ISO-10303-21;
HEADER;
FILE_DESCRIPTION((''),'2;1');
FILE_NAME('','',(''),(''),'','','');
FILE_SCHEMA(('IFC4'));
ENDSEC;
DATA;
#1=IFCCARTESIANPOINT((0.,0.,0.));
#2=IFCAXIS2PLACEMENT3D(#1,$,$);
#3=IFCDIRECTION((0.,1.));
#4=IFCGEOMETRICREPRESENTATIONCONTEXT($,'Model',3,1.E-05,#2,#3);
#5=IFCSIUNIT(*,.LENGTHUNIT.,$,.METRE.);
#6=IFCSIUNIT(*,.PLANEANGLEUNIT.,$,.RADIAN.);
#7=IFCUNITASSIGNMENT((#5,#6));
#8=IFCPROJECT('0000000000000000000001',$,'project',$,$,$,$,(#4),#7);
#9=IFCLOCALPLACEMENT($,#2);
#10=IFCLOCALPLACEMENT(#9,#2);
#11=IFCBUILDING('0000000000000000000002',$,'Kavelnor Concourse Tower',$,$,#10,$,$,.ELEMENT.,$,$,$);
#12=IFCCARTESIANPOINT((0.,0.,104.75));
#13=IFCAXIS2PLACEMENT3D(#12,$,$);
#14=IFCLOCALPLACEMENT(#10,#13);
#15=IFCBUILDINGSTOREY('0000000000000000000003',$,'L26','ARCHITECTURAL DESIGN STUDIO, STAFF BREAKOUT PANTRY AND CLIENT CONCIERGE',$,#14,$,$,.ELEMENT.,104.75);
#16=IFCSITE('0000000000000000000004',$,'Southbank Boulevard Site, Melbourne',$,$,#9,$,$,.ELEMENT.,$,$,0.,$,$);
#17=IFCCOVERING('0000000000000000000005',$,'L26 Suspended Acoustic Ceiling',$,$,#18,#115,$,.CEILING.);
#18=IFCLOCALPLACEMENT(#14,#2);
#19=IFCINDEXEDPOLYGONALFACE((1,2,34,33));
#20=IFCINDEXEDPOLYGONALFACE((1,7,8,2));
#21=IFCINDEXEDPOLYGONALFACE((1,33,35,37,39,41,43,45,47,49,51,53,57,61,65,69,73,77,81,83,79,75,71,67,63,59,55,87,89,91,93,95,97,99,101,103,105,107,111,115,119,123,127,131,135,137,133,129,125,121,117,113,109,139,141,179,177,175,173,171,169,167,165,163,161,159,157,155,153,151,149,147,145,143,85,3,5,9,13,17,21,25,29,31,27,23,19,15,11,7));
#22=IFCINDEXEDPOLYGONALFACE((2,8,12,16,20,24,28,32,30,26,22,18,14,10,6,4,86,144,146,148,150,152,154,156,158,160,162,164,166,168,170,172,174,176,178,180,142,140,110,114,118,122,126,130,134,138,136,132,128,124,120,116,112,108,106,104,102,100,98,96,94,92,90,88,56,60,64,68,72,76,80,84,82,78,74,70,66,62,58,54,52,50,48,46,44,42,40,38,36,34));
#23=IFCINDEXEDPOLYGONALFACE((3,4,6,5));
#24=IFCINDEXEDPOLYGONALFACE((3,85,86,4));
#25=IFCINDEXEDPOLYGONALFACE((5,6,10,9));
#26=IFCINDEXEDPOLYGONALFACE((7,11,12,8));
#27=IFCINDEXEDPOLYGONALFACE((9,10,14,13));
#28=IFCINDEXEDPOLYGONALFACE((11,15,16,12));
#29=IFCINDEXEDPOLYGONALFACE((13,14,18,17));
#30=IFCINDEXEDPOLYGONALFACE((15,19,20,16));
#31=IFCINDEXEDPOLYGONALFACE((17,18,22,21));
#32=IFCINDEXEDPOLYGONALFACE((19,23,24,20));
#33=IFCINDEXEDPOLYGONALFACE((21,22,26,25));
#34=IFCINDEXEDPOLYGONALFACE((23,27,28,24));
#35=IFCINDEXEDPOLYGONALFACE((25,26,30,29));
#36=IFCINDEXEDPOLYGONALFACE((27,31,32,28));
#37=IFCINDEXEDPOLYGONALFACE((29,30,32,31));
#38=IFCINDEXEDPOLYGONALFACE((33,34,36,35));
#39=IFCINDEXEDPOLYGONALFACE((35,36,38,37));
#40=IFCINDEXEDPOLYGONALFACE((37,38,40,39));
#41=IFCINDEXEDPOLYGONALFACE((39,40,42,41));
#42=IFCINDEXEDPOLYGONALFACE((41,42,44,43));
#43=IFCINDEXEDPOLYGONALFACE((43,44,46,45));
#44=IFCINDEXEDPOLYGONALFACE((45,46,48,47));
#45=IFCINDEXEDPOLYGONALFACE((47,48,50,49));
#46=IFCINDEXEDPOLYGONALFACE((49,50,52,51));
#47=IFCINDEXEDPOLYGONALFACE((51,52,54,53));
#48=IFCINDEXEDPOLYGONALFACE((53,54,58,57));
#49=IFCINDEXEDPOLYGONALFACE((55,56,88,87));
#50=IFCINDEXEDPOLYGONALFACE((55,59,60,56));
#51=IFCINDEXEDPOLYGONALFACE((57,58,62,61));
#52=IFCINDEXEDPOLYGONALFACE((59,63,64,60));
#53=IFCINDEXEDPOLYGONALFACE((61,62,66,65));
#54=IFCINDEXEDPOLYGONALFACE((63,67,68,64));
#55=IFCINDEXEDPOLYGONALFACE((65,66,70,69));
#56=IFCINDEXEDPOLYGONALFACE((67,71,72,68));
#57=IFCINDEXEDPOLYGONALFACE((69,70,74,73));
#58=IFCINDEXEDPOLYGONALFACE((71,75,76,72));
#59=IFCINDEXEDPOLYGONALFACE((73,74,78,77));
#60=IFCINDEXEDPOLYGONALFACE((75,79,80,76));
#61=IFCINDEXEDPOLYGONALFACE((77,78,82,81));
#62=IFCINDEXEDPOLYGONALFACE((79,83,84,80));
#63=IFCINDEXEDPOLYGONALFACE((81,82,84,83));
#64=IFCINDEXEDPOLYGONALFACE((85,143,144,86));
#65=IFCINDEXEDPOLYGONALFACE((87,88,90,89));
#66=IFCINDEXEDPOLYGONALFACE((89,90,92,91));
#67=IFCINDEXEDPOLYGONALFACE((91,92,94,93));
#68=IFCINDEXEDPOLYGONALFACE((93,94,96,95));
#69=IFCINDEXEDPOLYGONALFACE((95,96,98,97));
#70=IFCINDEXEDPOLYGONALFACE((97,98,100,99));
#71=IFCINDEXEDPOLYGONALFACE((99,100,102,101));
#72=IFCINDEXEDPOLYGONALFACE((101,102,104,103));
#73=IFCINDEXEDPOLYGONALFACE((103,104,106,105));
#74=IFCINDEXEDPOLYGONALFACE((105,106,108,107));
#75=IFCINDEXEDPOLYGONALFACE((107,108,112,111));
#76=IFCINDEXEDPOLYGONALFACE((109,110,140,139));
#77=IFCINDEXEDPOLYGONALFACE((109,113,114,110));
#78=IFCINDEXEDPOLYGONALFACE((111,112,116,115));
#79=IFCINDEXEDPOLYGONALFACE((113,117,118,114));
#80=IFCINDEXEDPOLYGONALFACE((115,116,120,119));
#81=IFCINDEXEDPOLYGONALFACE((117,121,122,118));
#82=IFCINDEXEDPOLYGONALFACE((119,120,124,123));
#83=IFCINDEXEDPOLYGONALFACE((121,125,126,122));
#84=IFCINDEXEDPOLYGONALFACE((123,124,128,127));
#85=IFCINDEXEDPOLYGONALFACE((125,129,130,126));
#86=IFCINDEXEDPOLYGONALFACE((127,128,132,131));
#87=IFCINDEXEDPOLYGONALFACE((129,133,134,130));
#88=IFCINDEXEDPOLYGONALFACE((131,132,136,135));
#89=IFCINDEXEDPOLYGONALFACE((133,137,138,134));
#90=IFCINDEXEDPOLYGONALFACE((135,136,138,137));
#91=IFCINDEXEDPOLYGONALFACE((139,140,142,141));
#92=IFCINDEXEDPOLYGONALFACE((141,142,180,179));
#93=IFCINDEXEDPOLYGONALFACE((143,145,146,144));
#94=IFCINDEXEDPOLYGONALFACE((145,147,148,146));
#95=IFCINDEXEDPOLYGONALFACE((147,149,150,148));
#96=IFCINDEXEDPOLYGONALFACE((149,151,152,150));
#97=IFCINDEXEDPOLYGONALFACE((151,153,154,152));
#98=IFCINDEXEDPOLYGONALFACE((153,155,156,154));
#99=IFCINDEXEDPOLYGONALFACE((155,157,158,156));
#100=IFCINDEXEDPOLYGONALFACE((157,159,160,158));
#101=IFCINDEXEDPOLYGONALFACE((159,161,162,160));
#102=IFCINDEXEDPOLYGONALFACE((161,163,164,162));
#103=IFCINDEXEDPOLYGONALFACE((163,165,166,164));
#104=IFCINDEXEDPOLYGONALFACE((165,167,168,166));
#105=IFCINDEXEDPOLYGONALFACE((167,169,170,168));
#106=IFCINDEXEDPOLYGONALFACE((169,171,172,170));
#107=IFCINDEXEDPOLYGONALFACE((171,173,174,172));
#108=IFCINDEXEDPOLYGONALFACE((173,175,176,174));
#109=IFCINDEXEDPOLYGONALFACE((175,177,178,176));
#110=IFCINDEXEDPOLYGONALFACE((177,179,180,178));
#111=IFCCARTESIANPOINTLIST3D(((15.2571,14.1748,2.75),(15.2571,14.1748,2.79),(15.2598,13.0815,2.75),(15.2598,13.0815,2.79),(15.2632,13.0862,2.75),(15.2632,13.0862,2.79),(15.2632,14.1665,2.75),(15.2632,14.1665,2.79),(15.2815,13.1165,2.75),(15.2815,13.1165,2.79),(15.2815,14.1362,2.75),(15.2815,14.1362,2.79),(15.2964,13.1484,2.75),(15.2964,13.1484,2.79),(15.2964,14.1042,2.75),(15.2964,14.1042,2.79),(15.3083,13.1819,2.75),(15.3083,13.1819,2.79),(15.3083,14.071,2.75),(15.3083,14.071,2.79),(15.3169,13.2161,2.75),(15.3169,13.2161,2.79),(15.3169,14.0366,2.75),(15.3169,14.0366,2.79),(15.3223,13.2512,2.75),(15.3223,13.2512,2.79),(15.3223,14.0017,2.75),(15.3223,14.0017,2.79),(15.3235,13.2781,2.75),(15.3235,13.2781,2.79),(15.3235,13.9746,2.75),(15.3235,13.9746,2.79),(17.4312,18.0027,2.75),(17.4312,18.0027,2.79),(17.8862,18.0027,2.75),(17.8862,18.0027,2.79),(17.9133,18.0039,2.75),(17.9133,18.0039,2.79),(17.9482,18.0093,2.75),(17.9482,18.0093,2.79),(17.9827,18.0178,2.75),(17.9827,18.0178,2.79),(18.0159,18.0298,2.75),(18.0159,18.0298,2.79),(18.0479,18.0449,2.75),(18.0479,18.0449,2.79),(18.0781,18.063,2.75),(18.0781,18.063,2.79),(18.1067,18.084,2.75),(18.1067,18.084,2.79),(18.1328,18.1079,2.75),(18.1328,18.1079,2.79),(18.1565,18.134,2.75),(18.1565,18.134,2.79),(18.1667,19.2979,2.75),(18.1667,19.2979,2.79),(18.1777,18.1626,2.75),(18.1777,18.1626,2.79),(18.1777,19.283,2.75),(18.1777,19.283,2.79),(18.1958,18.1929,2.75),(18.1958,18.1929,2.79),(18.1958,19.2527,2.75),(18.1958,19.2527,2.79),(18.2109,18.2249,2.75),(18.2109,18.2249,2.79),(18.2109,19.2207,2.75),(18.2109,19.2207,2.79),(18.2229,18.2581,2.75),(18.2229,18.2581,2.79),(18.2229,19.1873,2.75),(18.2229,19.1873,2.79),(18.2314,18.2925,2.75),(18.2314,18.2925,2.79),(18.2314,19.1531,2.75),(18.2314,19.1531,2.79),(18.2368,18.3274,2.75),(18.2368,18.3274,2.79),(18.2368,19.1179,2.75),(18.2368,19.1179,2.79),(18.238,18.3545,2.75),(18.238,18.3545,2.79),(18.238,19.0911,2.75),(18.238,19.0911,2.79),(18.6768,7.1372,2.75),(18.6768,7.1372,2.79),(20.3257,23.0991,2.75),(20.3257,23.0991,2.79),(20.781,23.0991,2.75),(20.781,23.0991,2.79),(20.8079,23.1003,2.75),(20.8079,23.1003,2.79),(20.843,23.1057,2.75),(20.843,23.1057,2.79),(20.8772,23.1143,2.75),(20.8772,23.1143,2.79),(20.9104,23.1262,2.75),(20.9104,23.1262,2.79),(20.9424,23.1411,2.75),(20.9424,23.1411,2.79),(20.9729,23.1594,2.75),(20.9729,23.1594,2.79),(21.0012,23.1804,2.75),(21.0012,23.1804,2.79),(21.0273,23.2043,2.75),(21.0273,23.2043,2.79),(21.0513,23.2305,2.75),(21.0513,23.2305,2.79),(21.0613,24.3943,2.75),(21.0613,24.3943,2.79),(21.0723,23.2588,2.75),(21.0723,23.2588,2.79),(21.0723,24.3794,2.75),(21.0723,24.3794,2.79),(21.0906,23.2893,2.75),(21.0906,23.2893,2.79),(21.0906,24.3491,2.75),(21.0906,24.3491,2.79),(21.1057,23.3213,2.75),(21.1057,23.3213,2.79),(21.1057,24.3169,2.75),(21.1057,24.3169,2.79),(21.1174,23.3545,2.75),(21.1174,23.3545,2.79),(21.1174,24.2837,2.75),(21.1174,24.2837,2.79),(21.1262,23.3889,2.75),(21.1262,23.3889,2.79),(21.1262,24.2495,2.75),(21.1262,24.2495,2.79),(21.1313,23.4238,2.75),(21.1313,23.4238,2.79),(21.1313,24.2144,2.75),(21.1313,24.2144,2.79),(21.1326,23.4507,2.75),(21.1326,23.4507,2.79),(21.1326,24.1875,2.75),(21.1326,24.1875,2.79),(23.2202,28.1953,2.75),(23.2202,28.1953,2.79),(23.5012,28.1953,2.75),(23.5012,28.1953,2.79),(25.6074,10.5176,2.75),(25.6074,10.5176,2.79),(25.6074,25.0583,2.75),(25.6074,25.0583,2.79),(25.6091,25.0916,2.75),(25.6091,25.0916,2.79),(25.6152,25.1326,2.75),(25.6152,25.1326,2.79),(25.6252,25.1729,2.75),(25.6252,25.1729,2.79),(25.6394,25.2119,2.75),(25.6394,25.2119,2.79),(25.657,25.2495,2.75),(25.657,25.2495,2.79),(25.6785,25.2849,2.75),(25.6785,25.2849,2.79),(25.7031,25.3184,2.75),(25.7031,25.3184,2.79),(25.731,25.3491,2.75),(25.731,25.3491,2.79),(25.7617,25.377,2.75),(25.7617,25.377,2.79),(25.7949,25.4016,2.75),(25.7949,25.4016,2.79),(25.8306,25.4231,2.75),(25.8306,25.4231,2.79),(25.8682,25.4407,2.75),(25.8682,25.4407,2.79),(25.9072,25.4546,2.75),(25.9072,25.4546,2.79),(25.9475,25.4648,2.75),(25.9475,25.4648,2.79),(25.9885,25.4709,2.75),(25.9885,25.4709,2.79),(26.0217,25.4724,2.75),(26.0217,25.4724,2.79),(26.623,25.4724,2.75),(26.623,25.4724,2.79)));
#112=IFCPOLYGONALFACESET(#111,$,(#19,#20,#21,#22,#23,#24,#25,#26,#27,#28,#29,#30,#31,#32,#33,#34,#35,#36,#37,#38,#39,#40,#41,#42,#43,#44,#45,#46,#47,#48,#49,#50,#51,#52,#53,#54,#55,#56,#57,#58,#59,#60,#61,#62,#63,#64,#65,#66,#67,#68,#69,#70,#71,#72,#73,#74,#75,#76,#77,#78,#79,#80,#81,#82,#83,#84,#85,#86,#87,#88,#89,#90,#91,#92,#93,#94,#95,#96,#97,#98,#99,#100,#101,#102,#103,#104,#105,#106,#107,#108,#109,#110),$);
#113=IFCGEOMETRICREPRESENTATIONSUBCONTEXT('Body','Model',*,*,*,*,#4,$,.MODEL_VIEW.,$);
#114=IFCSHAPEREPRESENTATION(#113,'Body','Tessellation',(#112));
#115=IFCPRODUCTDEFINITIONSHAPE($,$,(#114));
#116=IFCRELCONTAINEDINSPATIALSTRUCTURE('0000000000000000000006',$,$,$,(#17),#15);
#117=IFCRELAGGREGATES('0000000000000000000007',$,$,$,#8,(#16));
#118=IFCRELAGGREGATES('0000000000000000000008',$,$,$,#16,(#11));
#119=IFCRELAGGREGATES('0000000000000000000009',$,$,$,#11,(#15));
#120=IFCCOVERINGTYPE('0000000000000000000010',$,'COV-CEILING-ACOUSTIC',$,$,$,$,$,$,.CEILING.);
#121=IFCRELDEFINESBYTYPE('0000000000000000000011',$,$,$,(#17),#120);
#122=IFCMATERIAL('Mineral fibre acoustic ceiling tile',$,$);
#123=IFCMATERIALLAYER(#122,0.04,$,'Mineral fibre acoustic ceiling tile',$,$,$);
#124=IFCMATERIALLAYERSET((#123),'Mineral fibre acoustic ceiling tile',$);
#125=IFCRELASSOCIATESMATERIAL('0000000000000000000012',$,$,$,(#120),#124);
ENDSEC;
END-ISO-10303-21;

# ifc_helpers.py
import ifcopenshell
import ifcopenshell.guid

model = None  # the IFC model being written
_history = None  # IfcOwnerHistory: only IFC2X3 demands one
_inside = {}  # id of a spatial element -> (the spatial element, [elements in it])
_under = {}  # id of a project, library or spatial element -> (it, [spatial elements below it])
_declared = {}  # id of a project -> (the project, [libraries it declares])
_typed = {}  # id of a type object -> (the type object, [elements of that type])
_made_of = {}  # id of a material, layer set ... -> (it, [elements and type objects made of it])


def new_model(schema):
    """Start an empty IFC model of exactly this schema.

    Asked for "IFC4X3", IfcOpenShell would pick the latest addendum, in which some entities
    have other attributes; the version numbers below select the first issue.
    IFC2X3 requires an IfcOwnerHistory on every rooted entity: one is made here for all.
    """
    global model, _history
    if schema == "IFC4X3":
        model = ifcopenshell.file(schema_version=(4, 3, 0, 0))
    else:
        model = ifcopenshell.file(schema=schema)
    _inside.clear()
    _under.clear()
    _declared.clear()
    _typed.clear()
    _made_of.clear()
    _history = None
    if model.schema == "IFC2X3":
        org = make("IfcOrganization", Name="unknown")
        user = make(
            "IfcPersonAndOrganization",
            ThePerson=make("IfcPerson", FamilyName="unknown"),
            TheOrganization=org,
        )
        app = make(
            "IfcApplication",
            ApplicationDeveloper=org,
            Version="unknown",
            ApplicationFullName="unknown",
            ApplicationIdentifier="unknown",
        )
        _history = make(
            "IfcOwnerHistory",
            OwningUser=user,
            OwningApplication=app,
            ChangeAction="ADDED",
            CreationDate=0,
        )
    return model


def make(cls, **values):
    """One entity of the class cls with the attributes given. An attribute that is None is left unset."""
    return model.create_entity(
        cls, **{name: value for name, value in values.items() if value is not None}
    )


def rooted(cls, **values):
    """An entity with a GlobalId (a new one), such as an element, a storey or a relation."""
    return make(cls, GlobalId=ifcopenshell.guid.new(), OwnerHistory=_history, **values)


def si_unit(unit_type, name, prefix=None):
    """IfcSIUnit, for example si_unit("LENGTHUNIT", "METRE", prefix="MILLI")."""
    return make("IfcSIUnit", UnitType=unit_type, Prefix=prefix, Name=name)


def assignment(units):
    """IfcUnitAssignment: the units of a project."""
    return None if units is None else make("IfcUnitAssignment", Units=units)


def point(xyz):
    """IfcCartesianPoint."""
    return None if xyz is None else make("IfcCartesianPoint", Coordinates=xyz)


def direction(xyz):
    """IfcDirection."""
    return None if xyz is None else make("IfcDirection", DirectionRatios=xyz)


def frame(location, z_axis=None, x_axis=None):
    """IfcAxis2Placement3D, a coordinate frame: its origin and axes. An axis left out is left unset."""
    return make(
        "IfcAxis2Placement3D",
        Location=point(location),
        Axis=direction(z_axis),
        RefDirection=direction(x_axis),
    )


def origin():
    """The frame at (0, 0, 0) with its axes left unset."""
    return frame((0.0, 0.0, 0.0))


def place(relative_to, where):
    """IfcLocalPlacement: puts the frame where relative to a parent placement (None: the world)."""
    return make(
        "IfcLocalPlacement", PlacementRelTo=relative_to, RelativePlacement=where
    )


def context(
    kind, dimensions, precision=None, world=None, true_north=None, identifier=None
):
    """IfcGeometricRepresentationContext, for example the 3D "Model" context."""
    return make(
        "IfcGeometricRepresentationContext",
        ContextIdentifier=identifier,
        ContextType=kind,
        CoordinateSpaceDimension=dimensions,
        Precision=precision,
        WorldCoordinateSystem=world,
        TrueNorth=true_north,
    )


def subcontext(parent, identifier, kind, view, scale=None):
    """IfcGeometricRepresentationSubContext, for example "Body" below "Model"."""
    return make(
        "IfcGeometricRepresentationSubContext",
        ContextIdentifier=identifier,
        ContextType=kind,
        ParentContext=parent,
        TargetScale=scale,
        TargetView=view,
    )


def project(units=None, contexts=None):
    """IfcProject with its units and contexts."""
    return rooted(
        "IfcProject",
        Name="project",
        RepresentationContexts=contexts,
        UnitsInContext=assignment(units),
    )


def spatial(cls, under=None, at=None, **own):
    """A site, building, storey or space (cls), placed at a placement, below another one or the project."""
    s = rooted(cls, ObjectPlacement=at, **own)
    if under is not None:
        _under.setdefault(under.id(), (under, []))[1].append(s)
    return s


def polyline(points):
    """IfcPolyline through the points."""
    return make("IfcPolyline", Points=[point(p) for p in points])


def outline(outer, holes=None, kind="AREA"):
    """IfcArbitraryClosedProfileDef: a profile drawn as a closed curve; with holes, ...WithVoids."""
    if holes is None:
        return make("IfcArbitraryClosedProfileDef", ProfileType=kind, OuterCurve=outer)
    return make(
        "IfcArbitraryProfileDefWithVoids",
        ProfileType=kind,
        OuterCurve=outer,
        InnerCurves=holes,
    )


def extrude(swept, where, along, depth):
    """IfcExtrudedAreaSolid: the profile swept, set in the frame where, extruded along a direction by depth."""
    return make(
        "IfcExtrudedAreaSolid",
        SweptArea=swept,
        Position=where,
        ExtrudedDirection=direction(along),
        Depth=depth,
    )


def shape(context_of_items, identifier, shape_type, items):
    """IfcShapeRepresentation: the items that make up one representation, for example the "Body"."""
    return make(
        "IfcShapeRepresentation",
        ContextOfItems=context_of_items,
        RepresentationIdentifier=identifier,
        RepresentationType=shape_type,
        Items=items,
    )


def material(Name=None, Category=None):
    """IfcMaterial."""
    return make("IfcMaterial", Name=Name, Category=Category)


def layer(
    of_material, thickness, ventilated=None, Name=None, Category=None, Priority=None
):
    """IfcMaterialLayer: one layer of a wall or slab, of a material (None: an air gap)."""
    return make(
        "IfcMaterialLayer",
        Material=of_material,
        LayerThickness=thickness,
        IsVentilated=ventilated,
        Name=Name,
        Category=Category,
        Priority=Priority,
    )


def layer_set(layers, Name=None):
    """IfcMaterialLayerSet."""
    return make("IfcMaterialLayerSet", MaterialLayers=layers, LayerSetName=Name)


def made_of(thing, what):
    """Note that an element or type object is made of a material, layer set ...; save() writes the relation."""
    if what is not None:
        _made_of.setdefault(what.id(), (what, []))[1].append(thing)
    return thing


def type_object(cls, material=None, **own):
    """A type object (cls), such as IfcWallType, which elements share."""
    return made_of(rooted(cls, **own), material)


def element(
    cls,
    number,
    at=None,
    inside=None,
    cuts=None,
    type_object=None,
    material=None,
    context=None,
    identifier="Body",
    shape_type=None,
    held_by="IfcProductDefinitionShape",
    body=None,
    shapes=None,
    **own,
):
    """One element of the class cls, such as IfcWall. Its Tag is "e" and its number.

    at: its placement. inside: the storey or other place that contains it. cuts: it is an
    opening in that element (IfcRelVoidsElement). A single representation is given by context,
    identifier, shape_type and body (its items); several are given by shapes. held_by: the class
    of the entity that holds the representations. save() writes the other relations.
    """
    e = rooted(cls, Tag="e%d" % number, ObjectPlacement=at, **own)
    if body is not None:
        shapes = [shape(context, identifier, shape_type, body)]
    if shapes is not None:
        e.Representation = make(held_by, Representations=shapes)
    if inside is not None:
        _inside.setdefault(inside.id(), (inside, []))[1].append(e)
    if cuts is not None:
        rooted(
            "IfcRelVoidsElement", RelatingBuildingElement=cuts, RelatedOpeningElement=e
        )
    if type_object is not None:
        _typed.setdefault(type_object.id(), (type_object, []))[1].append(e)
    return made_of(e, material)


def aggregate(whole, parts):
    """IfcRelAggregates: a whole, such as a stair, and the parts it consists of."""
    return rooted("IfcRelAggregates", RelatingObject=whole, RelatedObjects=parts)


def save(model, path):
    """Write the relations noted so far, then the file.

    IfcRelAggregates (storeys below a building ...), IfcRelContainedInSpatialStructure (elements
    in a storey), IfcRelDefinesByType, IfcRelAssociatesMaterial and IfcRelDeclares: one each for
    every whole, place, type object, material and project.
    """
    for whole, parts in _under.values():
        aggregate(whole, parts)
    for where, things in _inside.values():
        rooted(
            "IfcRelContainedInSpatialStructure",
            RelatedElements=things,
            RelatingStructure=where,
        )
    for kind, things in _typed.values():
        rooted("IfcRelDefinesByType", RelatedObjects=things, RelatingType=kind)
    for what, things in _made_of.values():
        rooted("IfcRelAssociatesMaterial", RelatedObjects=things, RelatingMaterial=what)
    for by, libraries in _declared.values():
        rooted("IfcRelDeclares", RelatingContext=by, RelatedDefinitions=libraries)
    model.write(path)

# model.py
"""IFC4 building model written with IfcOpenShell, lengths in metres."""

from ifc_helpers import new_model, si_unit, direction, frame, origin, place, context, subcontext, project, spatial, polyline, outline, extrude, material, layer, layer_set, type_object, element, save


model = new_model("IFC4")

# Units and contexts
model_context = context("Model", 3, precision=1e-05, world=origin(), true_north=direction((0.0, 1.0)))
body_context = subcontext(model_context, "Body", "Model", "MODEL_VIEW")
ifc_project = project(units=[si_unit("LENGTHUNIT", "METRE"), si_unit("PLANEANGLEUNIT", "RADIAN")], contexts=[model_context])

# Site, building, storey
site_placement = place(None, origin())
site = spatial("IfcSite", under=ifc_project, at=site_placement, Name="Southbank Boulevard Site, Melbourne", CompositionType="ELEMENT", RefElevation=0.0)
building_placement = place(site_placement, origin())
building = spatial("IfcBuilding", under=site, at=building_placement, Name="Kavelnor Concourse Tower", CompositionType="ELEMENT")
storey_placement = place(building_placement, frame((0.0, 0.0, 104.75)))
storey = spatial("IfcBuildingStorey", under=building, at=storey_placement, Name="L26", Description="ARCHITECTURAL DESIGN STUDIO, STAFF BREAKOUT PANTRY AND CLIENT CONCIERGE", CompositionType="ELEMENT", Elevation=104.75)

# Covering
ifc_material_1 = material(Name="Mineral fibre acoustic ceiling tile")
ifc_layer_1 = layer(ifc_material_1, 0.04, Name="Mineral fibre acoustic ceiling tile")
ifc_layer_set_1 = layer_set([ifc_layer_1], Name="Mineral fibre acoustic ceiling tile")
covering_type_1 = type_object("IfcCoveringType", Name="COV-CEILING-ACOUSTIC", PredefinedType="CEILING", material=ifc_layer_set_1)
covering_1_placement = place(storey_placement, frame((0.0, 0.0, 2.75)))
element("IfcCovering", 1, at=covering_1_placement, inside=storey, type_object=covering_type_1, Name="L26 Suspended Acoustic Ceiling", PredefinedType="CEILING", context=body_context, shape_type="SweptSolid", body=[
    extrude(outline(polyline([(17.4312, 18.0027), (17.8862, 18.0027), (17.9133, 18.0039), (17.9482, 18.0093), (17.9827, 18.0178), (18.0159, 18.0298), (18.0479, 18.0449), (18.0781, 18.063), (18.1067, 18.084), (18.1328, 18.1079), (18.1565, 18.134), (18.1777, 18.1626), (18.1958, 18.1929), (18.2109, 18.2249), (18.2229, 18.2581), (18.2314, 18.2925), (18.2368, 18.3274), (18.238, 18.3545), (18.238, 19.0911), (18.2368, 19.1179), (18.2314, 19.1531), (18.2229, 19.1873), (18.2109, 19.2207), (18.1958, 19.2527), (18.1777, 19.283), (18.1667, 19.2979), (20.3257, 23.0991), (20.781, 23.0991), (20.8079, 23.1003), (20.843, 23.1057), (20.8772, 23.1143), (20.9104, 23.1262), (20.9424, 23.1411), (20.9729, 23.1594), (21.0012, 23.1804), (21.0273, 23.2043), (21.0513, 23.2305), (21.0723, 23.2588), (21.0906, 23.2893), (21.1057, 23.3213), (21.1174, 23.3545), (21.1262, 23.3889), (21.1313, 23.4238), (21.1326, 23.4507), (21.1326, 24.1875), (21.1313, 24.2144), (21.1262, 24.2495), (21.1174, 24.2837), (21.1057, 24.3169), (21.0906, 24.3491), (21.0723, 24.3794), (21.0613, 24.3943), (23.2202, 28.1953), (23.5012, 28.1953), (26.623, 25.4724), (26.0217, 25.4724), (25.9885, 25.4709), (25.9475, 25.4648), (25.9072, 25.4546), (25.8682, 25.4407), (25.8306, 25.4231), (25.7949, 25.4016), (25.7617, 25.377), (25.731, 25.3491), (25.7031, 25.3184), (25.6785, 25.2849), (25.657, 25.2495), (25.6394, 25.2119), (25.6252, 25.1729), (25.6152, 25.1326), (25.6091, 25.0916), (25.6074, 25.0583), (25.6074, 10.5176), (18.6768, 7.1372), (15.2598, 13.0815), (15.2632, 13.0862), (15.2815, 13.1165), (15.2964, 13.1484), (15.3083, 13.1819), (15.3169, 13.2161), (15.3223, 13.2512), (15.3235, 13.2781), (15.3235, 13.9746), (15.3223, 14.0017), (15.3169, 14.0366), (15.3083, 14.071), (15.2964, 14.1042), (15.2815, 14.1362), (15.2632, 14.1665), (15.2571, 14.1748), (17.4312, 18.0027)])), origin(), (0.0, 0.0, 1.0), 0.04),
])

save(model, "model.ifc")
